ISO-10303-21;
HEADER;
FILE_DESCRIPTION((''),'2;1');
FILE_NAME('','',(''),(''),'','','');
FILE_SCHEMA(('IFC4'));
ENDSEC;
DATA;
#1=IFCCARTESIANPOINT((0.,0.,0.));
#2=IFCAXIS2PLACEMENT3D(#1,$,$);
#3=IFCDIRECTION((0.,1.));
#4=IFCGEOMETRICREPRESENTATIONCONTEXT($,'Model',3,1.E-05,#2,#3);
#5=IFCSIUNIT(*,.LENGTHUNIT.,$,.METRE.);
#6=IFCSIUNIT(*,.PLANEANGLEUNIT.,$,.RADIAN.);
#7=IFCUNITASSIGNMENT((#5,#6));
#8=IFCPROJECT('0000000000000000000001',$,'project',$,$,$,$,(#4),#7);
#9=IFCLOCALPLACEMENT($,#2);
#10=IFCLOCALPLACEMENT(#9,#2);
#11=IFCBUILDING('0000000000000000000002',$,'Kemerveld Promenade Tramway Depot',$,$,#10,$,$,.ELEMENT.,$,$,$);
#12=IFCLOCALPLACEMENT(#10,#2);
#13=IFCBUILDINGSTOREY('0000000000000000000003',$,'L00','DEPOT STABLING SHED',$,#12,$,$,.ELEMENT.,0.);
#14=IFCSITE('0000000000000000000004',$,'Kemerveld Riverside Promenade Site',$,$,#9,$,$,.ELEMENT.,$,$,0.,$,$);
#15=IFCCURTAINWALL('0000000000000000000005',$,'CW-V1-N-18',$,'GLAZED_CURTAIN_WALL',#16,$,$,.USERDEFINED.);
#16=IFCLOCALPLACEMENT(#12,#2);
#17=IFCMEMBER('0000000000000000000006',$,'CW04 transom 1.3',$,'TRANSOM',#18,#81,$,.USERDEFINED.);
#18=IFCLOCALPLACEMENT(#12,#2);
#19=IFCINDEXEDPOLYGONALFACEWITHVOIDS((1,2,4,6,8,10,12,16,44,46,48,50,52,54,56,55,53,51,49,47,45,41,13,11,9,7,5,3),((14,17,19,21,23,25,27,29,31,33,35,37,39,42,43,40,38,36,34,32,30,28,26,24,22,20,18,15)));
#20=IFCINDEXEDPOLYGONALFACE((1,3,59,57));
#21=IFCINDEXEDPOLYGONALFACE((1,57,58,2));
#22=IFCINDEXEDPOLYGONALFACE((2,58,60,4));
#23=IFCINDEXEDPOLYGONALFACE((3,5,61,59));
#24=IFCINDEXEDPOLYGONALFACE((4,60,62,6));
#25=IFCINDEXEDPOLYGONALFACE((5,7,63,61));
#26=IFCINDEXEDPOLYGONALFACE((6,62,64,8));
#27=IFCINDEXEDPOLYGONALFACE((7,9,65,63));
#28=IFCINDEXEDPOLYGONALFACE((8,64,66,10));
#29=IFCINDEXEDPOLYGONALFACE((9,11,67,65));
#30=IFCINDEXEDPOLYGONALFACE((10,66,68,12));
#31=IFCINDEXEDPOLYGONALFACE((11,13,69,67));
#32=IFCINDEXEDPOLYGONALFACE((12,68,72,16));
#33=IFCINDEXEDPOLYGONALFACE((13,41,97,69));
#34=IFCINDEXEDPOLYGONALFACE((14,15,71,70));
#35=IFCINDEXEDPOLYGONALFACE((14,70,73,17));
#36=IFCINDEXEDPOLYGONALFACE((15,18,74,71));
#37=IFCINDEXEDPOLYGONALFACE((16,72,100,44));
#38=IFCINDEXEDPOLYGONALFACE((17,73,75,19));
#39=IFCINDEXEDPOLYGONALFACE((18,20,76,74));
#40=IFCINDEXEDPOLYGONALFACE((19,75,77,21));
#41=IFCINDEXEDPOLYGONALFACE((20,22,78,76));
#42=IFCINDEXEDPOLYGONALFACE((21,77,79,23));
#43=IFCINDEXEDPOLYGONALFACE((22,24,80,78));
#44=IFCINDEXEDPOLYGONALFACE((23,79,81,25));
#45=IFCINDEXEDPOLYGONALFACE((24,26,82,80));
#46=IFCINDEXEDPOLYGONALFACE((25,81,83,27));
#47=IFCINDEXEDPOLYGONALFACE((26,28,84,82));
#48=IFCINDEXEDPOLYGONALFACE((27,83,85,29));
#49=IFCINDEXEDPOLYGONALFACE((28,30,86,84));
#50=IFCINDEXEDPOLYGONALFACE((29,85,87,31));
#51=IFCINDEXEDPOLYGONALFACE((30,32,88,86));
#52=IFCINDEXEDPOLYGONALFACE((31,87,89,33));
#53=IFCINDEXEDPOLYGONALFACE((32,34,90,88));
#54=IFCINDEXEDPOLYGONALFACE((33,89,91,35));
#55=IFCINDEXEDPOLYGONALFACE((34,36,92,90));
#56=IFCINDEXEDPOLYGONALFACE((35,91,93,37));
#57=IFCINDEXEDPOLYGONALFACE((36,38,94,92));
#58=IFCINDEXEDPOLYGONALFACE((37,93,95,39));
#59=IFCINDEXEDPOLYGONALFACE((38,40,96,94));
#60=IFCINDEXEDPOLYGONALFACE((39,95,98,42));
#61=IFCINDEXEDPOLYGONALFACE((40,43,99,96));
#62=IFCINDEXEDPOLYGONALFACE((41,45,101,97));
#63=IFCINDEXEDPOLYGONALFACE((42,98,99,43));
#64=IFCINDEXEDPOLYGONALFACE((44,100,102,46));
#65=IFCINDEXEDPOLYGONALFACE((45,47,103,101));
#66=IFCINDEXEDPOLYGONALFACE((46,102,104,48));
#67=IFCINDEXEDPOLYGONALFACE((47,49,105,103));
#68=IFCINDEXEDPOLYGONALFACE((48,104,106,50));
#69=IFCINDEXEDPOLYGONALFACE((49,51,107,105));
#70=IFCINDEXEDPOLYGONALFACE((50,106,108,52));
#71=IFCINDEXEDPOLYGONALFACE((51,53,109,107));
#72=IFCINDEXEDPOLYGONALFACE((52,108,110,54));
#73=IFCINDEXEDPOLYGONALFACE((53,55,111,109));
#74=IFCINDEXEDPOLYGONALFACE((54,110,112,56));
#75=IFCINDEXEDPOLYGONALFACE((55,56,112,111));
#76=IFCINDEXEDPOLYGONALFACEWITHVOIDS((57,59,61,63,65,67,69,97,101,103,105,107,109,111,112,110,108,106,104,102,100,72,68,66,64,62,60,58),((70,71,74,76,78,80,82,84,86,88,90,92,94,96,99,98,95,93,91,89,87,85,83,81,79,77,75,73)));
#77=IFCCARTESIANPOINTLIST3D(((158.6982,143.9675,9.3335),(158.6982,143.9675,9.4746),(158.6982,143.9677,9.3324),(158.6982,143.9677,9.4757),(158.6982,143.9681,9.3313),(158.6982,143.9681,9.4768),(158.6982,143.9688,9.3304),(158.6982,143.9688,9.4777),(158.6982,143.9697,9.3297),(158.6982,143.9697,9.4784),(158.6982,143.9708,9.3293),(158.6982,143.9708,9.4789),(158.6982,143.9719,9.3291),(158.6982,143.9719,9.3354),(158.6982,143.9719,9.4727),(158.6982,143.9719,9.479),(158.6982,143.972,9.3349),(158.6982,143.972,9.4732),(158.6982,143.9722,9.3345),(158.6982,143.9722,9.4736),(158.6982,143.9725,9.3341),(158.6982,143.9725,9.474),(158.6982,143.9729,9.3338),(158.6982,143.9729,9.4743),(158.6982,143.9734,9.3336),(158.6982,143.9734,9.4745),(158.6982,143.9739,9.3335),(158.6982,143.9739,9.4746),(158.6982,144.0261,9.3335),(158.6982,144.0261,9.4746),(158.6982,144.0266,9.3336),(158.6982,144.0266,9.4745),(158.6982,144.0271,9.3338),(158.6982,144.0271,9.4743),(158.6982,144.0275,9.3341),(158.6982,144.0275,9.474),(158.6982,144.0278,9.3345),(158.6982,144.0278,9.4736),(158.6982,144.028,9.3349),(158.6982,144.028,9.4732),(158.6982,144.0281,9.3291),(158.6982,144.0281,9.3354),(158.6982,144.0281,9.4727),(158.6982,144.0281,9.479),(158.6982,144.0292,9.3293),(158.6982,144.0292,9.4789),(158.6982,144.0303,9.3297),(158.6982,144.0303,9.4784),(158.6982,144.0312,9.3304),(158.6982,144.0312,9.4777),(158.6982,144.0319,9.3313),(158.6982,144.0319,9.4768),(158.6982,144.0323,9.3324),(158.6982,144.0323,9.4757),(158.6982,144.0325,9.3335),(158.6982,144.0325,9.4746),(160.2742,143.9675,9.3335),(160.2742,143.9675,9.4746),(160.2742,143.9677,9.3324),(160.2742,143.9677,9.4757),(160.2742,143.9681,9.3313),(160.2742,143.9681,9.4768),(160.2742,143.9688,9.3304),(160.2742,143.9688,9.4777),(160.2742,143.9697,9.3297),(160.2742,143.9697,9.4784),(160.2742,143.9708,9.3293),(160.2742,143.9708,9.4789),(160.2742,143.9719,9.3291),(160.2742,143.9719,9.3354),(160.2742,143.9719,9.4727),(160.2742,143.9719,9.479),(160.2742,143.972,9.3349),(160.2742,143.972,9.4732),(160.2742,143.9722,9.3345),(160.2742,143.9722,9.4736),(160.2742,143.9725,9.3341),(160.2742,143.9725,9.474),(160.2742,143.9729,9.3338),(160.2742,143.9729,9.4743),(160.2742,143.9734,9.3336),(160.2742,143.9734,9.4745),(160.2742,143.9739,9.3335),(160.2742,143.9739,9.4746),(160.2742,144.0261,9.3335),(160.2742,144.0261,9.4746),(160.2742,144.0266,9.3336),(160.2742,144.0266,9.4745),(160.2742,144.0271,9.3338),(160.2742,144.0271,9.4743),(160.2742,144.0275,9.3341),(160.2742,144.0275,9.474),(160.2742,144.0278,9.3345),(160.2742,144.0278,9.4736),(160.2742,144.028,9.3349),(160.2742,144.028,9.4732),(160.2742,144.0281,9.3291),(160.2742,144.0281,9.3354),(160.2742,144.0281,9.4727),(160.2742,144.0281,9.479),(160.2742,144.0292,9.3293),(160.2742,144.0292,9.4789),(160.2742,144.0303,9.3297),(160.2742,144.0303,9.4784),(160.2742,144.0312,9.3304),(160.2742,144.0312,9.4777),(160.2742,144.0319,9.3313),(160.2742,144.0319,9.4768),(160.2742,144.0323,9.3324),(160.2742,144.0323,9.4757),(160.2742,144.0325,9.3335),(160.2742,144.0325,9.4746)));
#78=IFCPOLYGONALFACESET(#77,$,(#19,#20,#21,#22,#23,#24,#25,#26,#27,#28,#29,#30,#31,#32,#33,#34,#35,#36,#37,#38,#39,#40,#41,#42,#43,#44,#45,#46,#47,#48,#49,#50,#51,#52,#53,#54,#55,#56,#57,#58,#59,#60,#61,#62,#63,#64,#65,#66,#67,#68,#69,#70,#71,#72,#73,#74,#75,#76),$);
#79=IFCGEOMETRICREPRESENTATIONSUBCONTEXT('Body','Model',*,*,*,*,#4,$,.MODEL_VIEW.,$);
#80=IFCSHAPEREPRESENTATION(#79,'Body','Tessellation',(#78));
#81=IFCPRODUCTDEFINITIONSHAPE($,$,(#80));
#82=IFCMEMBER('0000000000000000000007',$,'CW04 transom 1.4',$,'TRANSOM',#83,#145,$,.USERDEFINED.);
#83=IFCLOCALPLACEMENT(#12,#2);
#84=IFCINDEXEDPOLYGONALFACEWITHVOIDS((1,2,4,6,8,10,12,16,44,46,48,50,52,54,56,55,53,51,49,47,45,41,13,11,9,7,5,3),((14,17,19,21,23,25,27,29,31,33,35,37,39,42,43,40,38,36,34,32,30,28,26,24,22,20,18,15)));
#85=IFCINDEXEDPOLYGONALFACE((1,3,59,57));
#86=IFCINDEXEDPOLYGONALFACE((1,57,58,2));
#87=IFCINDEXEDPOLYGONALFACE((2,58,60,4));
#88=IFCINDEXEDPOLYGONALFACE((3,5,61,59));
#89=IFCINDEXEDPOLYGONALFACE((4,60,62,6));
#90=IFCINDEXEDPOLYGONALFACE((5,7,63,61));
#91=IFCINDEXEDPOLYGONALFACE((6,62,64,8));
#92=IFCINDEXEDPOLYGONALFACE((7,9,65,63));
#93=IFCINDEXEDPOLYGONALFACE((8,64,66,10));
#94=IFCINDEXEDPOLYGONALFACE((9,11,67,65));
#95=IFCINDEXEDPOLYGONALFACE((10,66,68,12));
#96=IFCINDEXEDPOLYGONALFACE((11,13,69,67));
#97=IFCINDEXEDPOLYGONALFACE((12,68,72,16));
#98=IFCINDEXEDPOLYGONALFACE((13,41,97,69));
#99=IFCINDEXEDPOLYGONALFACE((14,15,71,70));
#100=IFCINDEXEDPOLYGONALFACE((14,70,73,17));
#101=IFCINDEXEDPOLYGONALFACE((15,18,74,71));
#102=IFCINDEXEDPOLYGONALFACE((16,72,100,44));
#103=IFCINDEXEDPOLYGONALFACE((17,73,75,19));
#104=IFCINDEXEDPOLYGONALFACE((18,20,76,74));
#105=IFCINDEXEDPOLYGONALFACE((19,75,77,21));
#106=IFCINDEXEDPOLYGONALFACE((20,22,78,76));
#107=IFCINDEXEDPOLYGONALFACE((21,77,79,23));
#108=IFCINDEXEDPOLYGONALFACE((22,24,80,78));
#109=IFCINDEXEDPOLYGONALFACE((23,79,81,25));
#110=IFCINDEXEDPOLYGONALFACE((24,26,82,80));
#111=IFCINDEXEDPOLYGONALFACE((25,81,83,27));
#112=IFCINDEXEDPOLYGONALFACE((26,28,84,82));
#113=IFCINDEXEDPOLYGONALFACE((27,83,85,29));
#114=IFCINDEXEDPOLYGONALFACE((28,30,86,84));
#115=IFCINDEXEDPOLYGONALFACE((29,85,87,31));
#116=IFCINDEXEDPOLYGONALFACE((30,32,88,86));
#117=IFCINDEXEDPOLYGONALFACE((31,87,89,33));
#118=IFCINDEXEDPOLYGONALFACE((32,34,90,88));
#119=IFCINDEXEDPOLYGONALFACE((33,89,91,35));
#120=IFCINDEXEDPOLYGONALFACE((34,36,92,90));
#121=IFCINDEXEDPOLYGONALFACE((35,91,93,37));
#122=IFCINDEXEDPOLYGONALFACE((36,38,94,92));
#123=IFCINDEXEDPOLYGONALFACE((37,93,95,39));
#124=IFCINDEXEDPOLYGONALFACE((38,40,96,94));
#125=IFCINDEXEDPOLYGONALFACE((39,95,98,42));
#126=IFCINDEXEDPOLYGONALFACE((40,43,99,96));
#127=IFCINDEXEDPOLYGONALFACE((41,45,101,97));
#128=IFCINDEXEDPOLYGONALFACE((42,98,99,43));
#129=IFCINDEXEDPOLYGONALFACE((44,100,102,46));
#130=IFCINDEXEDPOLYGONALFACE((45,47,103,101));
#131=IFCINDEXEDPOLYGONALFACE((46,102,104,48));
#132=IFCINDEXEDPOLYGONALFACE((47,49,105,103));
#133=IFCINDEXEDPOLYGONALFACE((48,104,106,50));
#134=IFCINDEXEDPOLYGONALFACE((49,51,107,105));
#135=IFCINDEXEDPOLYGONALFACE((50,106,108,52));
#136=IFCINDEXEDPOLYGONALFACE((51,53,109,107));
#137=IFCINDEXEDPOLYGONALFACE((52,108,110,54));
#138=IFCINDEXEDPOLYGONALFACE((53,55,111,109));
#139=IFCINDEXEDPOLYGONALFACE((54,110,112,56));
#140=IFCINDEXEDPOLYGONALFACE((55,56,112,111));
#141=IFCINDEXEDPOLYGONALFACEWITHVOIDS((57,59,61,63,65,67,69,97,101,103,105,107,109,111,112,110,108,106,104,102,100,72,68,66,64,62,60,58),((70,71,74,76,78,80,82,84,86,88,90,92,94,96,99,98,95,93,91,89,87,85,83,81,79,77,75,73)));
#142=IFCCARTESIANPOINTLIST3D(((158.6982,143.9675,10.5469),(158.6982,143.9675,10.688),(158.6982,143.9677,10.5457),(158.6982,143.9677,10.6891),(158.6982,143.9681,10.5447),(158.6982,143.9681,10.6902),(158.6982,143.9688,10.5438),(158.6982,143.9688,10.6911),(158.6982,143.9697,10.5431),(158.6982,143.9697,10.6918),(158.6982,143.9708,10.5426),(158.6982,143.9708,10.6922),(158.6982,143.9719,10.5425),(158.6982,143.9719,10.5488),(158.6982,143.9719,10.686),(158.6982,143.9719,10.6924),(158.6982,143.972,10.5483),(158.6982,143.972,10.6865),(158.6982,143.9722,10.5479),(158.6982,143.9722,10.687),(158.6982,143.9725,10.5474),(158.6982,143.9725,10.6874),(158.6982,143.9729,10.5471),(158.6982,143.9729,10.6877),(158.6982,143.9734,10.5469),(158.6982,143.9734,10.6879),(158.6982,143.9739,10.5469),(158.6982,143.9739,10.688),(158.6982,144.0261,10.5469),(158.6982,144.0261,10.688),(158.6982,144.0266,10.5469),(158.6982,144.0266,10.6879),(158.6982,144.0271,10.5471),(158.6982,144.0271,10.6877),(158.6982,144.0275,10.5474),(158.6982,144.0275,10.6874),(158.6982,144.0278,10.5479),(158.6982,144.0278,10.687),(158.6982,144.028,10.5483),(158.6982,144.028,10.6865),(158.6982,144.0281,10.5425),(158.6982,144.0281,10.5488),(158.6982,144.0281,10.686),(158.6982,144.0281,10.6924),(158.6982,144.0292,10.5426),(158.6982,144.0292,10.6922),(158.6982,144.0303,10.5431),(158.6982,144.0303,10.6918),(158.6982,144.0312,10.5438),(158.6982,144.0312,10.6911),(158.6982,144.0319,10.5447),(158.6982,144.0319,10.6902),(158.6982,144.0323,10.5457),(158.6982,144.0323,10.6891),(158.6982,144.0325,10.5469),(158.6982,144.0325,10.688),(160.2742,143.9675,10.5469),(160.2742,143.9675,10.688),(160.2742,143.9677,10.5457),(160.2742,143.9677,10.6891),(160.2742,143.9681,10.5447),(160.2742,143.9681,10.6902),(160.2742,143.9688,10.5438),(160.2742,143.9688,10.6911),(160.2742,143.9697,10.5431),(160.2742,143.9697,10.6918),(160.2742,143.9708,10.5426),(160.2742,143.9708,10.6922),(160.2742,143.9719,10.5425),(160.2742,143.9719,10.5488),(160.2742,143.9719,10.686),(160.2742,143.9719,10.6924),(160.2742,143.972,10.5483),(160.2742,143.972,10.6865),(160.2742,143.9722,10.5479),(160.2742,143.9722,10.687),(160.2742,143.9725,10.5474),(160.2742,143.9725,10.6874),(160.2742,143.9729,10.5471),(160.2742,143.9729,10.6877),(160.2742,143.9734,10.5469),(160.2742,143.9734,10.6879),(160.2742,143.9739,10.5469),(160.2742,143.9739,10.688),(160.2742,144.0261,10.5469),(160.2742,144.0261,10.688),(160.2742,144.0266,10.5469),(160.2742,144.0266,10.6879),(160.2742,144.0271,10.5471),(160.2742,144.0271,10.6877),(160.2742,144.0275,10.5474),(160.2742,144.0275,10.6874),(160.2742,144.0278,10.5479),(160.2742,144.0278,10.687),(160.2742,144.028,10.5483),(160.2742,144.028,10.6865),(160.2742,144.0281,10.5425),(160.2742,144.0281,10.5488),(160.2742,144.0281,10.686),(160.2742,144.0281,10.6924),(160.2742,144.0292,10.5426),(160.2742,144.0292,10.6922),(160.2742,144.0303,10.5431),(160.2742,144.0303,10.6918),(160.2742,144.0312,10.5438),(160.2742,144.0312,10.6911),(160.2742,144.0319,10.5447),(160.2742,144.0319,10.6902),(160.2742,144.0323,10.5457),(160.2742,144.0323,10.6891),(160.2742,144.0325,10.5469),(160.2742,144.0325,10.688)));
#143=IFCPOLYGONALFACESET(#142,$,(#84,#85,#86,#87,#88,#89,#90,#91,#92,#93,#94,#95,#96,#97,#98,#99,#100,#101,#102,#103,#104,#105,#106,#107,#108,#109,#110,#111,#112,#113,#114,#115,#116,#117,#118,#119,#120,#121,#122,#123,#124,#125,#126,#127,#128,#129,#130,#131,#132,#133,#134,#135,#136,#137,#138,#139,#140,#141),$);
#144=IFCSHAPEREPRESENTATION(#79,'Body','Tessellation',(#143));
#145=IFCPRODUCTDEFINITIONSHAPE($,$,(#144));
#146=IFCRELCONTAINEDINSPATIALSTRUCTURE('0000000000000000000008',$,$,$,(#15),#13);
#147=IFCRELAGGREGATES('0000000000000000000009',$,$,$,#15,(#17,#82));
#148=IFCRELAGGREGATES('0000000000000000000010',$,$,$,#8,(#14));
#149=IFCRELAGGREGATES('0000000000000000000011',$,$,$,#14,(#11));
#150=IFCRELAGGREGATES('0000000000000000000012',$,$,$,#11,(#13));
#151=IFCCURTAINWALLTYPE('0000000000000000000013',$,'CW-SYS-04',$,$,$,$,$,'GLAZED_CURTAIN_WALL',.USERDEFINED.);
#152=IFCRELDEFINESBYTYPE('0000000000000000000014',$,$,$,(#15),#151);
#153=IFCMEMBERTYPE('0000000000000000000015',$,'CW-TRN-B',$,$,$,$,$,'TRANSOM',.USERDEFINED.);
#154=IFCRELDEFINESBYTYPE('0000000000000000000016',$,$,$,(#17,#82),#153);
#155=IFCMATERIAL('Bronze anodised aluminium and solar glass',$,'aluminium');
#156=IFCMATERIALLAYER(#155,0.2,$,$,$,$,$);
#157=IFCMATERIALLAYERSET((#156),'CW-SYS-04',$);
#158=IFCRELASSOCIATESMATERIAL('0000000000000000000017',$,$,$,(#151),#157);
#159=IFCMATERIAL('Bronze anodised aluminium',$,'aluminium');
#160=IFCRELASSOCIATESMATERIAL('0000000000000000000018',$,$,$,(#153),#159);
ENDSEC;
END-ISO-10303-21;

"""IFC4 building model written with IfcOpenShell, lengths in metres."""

from ifc_helpers import new_model, si_unit, direction, frame, origin, origin_2d, place, context, subcontext, project, spatial, hollow_rectangle, extrude, material, layer, layer_set, material_profile, profile_set, type_object, element, aggregate, save


model = new_model("IFC4")

# Units and contexts
model_context = context("Model", 3, precision=1e-05, world=origin(), true_north=direction((0.0, 1.0)))
body_context = subcontext(model_context, "Body", "Model", "MODEL_VIEW")
ifc_project = project(units=[si_unit("LENGTHUNIT", "METRE"), si_unit("PLANEANGLEUNIT", "RADIAN")], contexts=[model_context])

# Site, building, storey
site_placement = place(None, origin())
site = spatial("IfcSite", under=ifc_project, at=site_placement, Name="Kemerveld Riverside Promenade Site", CompositionType="ELEMENT", RefElevation=0.0)
building_placement = place(site_placement, origin())
building = spatial("IfcBuilding", under=site, at=building_placement, Name="Kemerveld Promenade Tramway Depot", CompositionType="ELEMENT")
storey_placement = place(building_placement, origin())
storey = spatial("IfcBuildingStorey", under=building, at=storey_placement, Name="L00", Description="DEPOT STABLING SHED", CompositionType="ELEMENT", Elevation=0.0)

# Shared definitions
ifc_material_1 = material(Name="Bronze anodised aluminium and solar glass", Category="aluminium")
ifc_material_2 = material(Name="Bronze anodised aluminium", Category="aluminium")

# Curtain wall, members
ifc_layer_1 = layer(ifc_material_1, 0.2)
ifc_layer_set_1 = layer_set([ifc_layer_1], Name="CW-SYS-04")
curtain_wall_type_1 = type_object("IfcCurtainWallType", Name="CW-SYS-04", ElementType="GLAZED_CURTAIN_WALL", PredefinedType="USERDEFINED", material=ifc_layer_set_1)
curtain_wall_1_placement = place(storey_placement, origin())
curtain_wall_1 = element("IfcCurtainWall", 1, at=curtain_wall_1_placement, inside=storey, type_object=curtain_wall_type_1, Name="CW-V1-N-18", ObjectType="GLAZED_CURTAIN_WALL", PredefinedType="USERDEFINED")
ifc_material_profile_1 = material_profile(ifc_material_2, hollow_rectangle(XDim=0.0649, YDim=0.1499, WallThickness=0.0044, InnerFilletRadius=0.002, OuterFilletRadius=0.0044, at=origin_2d()), Name="CW-TRN-150x65")
ifc_profile_set_1 = profile_set([ifc_material_profile_1], Name="Bronze anodised aluminium")
member_type_1 = type_object("IfcMemberType", Name="CW-TRN-B", ElementType="TRANSOM", PredefinedType="USERDEFINED", material=ifc_profile_set_1)
member_1_placement = place(storey_placement, frame((158.6982, 144.0, 9.4041), z_axis=(1.0, 0.0, 0.0), x_axis=(0.0, 1.0, 0.0)))
member_1 = element("IfcMember", 2, at=member_1_placement, type_object=member_type_1, Name="CW04 transom 1.3", ObjectType="TRANSOM", PredefinedType="USERDEFINED", context=body_context, shape_type="SweptSolid", body=[
    extrude(hollow_rectangle(XDim=0.0649, YDim=0.1499, WallThickness=0.0044, InnerFilletRadius=0.002, OuterFilletRadius=0.0044, at=origin_2d()), origin(), (0.0, 0.0, 1.0), 1.5759),
])
member_2_placement = place(storey_placement, frame((158.6982, 144.0, 10.6174), z_axis=(1.0, 0.0, 0.0), x_axis=(0.0, 1.0, 0.0)))
member_2 = element("IfcMember", 3, at=member_2_placement, type_object=member_type_1, Name="CW04 transom 1.4", ObjectType="TRANSOM", PredefinedType="USERDEFINED", context=body_context, shape_type="SweptSolid", body=[
    extrude(hollow_rectangle(XDim=0.0649, YDim=0.1499, WallThickness=0.0044, InnerFilletRadius=0.002, OuterFilletRadius=0.0044, at=origin_2d()), origin(), (0.0, 0.0, 1.0), 1.5759),
])

aggregate(curtain_wall_1, [member_1, member_2])

save(model, "model.ifc")
